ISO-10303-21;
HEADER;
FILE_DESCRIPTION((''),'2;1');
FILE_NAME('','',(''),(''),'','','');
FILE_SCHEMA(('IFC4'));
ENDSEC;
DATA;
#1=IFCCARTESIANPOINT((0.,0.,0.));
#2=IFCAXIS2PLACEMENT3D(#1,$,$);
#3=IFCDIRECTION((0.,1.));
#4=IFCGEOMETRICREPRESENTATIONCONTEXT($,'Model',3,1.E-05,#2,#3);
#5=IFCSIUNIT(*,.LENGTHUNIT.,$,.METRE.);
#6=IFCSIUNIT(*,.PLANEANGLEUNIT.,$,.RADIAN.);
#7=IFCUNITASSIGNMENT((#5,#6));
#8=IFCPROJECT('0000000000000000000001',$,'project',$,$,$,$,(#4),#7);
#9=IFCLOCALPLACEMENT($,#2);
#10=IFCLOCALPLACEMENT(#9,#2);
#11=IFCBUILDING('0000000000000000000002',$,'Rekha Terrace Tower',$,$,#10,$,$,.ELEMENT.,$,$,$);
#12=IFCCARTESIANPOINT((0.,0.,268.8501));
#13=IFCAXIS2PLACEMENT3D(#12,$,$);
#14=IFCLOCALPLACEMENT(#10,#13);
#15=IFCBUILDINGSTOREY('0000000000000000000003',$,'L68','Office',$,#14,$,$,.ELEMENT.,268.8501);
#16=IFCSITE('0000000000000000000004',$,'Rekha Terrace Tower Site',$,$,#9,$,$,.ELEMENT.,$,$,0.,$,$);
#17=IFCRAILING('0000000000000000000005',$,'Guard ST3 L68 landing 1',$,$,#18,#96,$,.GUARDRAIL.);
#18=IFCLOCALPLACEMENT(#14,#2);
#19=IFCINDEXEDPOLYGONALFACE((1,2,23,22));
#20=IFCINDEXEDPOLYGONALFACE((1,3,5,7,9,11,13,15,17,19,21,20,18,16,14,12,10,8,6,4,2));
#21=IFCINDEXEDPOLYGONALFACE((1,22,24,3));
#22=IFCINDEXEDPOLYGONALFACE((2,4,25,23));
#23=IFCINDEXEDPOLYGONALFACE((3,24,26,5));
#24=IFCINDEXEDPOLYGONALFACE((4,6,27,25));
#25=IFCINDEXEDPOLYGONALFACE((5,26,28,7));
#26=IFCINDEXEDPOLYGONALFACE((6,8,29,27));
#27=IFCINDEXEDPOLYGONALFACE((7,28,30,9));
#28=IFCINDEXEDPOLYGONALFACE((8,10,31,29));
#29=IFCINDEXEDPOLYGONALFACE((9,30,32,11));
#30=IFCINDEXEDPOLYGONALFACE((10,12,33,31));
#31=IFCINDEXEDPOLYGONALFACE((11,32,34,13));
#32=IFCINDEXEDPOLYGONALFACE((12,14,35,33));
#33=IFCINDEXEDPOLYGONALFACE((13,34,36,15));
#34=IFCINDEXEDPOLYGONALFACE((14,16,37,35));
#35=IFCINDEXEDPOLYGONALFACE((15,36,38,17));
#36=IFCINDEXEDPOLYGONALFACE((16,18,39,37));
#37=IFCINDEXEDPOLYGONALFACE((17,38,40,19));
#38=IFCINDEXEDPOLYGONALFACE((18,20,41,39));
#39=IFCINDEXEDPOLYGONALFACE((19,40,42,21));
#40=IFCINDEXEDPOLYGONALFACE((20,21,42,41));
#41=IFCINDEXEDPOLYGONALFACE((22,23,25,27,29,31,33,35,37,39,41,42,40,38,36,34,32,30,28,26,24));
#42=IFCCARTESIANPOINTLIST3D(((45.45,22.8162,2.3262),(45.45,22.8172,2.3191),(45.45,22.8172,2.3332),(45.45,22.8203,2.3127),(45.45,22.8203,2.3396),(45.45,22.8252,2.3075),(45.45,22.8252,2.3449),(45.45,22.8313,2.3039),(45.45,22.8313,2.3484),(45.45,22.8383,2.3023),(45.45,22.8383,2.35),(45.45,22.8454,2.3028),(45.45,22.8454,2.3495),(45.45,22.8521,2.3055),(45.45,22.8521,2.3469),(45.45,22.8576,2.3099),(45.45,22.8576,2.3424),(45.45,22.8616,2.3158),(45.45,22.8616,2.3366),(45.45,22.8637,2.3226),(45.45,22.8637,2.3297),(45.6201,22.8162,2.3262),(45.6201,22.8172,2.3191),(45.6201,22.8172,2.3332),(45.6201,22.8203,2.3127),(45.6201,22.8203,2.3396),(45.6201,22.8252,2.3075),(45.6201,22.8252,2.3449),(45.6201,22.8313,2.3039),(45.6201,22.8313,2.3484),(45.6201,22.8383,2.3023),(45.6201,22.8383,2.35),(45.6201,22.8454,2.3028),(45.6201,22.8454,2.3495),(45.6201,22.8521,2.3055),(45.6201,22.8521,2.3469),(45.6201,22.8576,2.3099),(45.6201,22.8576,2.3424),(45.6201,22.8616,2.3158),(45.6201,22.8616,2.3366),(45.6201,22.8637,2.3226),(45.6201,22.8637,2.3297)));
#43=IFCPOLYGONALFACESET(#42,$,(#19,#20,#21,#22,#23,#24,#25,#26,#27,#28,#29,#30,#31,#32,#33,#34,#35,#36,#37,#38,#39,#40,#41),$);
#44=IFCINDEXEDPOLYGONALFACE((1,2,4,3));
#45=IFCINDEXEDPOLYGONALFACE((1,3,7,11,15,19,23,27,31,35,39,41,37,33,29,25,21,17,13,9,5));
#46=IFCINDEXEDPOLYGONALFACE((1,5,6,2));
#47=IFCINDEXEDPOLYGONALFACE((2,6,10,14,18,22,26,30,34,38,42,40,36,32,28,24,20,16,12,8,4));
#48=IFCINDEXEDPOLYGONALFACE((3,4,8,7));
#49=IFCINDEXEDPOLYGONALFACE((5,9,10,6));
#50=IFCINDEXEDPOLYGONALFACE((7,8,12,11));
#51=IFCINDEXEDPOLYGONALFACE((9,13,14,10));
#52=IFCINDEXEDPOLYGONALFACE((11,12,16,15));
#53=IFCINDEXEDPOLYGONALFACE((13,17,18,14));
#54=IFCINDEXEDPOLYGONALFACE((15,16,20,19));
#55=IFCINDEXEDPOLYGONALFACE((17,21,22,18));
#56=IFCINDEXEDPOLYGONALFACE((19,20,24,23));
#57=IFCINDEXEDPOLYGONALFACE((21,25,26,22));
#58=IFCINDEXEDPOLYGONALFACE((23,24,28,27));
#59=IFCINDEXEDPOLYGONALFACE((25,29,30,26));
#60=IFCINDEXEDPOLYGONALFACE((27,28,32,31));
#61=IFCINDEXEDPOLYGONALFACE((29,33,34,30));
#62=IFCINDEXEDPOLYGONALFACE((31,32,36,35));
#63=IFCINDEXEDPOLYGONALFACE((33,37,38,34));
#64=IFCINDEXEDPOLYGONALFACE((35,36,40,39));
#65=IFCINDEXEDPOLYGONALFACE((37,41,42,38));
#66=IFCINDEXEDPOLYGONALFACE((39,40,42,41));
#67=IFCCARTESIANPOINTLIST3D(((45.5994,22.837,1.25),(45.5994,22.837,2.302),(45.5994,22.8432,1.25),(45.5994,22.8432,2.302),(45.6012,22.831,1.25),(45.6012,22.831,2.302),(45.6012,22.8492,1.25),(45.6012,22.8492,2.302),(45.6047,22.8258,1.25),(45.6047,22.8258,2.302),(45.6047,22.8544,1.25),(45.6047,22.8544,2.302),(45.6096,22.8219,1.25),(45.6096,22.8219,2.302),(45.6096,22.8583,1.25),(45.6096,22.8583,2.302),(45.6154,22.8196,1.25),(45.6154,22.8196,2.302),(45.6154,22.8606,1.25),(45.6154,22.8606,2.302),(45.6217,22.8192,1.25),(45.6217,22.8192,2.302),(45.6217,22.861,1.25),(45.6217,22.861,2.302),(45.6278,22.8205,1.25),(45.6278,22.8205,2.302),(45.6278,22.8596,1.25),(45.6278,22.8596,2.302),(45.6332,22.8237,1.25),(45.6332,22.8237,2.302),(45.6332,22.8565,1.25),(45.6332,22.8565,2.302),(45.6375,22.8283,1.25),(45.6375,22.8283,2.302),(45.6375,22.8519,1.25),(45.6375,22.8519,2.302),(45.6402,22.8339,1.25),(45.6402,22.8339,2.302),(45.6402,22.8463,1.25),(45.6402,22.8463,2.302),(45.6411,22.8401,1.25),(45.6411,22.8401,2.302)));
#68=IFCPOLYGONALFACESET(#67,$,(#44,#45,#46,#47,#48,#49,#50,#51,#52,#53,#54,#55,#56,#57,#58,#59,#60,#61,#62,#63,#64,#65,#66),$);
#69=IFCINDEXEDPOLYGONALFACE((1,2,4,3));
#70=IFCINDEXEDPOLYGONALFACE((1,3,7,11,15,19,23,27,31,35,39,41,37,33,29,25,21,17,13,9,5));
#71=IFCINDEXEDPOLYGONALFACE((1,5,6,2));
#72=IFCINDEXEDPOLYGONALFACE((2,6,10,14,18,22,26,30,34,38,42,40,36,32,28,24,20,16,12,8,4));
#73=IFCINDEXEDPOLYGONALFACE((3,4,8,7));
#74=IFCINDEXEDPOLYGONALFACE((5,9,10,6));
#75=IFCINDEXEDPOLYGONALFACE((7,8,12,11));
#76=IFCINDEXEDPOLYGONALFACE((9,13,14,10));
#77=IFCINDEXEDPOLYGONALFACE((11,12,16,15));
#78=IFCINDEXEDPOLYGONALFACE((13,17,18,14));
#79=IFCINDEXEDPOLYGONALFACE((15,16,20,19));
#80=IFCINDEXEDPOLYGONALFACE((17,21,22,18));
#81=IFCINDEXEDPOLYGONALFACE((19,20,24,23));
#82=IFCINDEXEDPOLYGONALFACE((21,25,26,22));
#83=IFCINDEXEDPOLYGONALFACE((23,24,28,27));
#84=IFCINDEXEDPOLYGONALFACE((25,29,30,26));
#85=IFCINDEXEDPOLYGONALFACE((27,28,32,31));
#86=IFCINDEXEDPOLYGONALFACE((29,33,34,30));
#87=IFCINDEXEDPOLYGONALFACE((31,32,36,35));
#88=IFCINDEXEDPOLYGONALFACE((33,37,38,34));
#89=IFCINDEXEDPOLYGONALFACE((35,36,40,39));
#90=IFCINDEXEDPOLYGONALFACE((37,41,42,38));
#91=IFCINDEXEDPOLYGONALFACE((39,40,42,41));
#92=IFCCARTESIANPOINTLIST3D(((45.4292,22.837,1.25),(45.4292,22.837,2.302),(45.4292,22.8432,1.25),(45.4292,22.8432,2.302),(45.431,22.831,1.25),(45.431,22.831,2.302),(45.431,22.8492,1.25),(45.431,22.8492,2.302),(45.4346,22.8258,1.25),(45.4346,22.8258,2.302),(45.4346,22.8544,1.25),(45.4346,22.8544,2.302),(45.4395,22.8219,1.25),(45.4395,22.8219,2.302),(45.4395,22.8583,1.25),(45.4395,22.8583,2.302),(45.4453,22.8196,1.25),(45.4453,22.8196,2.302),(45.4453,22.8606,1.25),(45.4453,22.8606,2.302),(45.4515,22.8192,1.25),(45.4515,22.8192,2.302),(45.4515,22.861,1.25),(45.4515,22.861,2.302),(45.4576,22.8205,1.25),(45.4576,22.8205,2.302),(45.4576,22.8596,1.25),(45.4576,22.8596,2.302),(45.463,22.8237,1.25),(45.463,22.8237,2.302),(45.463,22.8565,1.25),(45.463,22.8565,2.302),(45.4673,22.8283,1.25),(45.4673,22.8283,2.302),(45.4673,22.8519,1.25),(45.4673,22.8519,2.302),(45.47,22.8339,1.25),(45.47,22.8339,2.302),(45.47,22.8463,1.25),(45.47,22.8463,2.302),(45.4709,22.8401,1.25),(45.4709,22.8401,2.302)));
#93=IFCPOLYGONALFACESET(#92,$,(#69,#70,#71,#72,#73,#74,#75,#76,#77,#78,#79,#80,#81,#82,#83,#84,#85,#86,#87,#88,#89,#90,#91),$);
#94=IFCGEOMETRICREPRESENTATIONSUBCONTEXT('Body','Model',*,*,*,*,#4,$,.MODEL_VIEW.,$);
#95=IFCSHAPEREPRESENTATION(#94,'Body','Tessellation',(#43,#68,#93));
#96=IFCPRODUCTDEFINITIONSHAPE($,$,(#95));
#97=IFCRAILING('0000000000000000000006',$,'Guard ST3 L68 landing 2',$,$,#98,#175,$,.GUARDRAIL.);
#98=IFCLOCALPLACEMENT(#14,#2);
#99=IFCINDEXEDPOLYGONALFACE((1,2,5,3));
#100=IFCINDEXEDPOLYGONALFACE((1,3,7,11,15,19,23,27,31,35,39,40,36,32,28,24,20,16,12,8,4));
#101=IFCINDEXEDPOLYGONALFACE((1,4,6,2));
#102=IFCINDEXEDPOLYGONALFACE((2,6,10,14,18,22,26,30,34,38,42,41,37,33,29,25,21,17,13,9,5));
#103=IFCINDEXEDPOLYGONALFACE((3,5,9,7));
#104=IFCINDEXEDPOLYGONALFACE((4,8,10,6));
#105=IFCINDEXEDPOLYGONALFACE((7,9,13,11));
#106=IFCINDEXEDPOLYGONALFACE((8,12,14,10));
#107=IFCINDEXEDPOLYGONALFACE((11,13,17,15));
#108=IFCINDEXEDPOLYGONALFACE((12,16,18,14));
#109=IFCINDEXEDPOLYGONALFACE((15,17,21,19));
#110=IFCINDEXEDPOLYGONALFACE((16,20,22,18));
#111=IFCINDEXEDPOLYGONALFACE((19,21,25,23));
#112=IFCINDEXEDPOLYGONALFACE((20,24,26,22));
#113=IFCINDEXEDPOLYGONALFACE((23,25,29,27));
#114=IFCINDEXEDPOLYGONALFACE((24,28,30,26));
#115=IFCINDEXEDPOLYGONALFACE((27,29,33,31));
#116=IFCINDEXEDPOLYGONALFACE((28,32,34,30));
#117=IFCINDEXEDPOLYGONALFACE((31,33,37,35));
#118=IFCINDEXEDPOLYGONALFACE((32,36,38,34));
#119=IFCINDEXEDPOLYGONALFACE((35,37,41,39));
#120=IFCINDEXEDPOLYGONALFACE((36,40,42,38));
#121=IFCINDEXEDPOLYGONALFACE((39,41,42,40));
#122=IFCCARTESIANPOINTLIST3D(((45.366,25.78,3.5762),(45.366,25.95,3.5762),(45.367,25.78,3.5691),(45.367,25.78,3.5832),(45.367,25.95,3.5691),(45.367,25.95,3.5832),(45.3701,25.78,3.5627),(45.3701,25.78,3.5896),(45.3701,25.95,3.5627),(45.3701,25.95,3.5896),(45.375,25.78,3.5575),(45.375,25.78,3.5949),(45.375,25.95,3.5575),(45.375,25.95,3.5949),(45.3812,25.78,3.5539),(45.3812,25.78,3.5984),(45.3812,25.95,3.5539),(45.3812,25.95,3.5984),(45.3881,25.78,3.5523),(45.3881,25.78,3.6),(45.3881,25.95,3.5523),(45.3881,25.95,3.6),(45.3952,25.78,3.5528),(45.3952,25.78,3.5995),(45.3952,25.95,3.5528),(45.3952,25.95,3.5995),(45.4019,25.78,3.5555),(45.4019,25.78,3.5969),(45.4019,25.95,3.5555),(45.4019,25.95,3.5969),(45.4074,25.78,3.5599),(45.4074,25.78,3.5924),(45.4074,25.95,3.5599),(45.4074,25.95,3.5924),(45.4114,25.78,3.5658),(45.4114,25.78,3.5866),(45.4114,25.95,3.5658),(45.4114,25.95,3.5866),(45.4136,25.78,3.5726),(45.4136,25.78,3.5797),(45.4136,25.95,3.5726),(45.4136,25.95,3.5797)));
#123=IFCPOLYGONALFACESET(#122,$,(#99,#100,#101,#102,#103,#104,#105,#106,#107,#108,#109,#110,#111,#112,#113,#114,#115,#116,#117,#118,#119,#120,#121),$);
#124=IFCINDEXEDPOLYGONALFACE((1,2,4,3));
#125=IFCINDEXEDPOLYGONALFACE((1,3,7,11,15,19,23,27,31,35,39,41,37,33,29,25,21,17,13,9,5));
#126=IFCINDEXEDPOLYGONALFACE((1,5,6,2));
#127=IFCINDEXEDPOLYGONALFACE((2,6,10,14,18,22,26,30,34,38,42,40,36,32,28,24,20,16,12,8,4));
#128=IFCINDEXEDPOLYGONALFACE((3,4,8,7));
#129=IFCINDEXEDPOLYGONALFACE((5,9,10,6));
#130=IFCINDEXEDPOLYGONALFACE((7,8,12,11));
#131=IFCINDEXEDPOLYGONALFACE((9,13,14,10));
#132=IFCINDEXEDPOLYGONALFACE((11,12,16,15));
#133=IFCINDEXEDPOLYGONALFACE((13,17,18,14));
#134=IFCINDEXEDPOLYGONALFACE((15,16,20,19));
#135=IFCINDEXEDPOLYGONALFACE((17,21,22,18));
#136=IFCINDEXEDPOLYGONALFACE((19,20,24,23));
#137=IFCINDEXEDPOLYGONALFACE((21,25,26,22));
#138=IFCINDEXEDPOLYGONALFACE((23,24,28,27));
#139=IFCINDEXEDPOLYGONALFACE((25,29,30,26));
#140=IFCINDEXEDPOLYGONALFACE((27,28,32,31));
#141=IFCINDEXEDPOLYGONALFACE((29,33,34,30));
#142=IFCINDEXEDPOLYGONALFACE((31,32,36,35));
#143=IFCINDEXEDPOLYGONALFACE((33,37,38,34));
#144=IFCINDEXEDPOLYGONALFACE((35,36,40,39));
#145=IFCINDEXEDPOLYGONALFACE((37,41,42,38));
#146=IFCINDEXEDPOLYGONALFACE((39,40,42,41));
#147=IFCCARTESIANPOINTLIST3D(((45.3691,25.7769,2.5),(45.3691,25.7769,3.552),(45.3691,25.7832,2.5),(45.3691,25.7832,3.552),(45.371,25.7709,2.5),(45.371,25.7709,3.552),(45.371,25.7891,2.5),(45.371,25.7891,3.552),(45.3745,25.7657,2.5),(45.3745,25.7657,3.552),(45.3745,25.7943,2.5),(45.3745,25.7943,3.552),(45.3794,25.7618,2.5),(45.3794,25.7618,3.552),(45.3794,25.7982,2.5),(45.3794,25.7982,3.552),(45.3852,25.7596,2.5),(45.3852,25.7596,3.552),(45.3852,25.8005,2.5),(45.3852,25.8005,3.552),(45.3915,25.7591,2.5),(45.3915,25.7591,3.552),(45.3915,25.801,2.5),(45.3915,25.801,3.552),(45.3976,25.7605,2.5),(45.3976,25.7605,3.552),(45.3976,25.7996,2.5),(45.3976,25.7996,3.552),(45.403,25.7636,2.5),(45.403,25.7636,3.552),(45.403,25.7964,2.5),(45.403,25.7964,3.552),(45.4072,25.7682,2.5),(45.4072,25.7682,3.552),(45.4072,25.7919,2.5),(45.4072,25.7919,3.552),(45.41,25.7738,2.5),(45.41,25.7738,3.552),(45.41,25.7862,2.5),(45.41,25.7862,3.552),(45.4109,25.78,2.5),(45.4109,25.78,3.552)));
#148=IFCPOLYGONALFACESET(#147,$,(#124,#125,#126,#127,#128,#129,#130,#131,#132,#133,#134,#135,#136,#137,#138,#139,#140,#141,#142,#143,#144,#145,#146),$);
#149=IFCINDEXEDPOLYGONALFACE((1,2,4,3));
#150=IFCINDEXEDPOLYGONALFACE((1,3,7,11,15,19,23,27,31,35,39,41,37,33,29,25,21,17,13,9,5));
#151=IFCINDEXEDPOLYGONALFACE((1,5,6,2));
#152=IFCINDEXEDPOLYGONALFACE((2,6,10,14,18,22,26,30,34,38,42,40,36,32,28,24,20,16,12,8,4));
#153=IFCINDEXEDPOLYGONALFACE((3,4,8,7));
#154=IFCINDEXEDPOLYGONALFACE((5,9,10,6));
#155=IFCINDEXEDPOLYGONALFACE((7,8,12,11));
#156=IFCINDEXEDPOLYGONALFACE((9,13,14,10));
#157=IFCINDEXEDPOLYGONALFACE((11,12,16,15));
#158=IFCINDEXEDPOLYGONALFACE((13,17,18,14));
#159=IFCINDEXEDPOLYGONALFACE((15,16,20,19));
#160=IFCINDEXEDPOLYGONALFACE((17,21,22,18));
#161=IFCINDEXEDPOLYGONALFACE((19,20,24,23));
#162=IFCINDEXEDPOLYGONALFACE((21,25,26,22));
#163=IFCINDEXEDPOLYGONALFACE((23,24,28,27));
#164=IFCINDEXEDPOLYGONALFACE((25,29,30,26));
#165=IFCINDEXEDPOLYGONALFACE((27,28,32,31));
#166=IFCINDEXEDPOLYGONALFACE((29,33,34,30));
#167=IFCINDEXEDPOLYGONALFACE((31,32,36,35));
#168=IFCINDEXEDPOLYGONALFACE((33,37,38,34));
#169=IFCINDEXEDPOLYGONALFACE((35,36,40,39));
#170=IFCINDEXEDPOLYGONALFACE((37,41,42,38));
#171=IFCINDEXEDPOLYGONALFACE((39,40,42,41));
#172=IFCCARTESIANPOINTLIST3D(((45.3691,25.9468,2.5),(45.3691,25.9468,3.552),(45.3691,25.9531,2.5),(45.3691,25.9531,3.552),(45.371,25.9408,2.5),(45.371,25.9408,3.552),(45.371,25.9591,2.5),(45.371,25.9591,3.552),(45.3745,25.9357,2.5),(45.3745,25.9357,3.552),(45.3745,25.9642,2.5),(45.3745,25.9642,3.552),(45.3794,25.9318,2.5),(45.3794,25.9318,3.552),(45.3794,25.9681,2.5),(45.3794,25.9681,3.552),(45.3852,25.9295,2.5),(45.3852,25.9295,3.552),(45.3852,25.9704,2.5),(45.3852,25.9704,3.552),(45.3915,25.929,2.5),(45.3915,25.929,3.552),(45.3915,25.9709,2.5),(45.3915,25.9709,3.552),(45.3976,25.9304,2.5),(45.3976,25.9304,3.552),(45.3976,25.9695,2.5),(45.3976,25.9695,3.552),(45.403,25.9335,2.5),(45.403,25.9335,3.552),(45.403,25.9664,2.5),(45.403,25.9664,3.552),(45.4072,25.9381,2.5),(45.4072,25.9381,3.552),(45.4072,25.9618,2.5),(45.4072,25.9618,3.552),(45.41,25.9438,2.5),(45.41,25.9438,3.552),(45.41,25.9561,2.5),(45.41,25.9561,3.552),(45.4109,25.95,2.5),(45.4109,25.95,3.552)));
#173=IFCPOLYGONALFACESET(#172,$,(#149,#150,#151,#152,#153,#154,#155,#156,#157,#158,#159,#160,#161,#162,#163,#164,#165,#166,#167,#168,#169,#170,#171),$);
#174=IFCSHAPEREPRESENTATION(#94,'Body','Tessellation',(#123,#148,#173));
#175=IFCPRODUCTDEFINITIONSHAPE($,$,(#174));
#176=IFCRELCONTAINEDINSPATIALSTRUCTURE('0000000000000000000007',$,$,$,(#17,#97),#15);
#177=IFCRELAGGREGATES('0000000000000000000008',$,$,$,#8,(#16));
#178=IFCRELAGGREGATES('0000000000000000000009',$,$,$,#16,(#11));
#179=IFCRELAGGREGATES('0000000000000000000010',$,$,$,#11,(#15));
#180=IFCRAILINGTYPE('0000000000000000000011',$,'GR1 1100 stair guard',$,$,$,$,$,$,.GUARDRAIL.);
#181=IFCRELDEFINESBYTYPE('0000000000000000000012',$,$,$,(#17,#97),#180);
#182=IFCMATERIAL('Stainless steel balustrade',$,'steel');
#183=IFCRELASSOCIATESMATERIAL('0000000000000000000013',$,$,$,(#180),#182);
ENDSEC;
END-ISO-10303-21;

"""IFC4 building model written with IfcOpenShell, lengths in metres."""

from ifc_helpers import new_model, si_unit, direction, frame, origin, origin_2d, place, context, subcontext, project, spatial, circle, extrude, material, type_object, element, save


model = new_model("IFC4")

# Units and contexts
model_context = context("Model", 3, precision=1e-05, world=origin(), true_north=direction((0.0, 1.0)))
body_context = subcontext(model_context, "Body", "Model", "MODEL_VIEW")
ifc_project = project(units=[si_unit("LENGTHUNIT", "METRE"), si_unit("PLANEANGLEUNIT", "RADIAN")], contexts=[model_context])

# Site, building, storey
site_placement = place(None, origin())
site = spatial("IfcSite", under=ifc_project, at=site_placement, Name="Rekha Terrace Tower Site", CompositionType="ELEMENT", RefElevation=0.0)
building_placement = place(site_placement, origin())
building = spatial("IfcBuilding", under=site, at=building_placement, Name="Rekha Terrace Tower", CompositionType="ELEMENT")
storey_placement = place(building_placement, frame((0.0, 0.0, 268.8501)))
storey = spatial("IfcBuildingStorey", under=building, at=storey_placement, Name="L68", Description="Office", CompositionType="ELEMENT", Elevation=268.8501)

# Railings
ifc_material_1 = material(Name="Stainless steel balustrade", Category="steel")
railing_type_1 = type_object("IfcRailingType", Name="GR1 1100 stair guard", PredefinedType="GUARDRAIL", material=ifc_material_1)
railing_1_placement = place(storey_placement, frame((45.6201, 22.8401, 1.25)))
element("IfcRailing", 1, at=railing_1_placement, inside=storey, type_object=railing_type_1, Name="Guard ST3 L68 landing 1", PredefinedType="GUARDRAIL", context=body_context, shape_type="SweptSolid", body=[
    extrude(circle(Radius=0.0239, at=origin_2d()), frame((0.0, 0.0, 1.0762), z_axis=(-1.0, 0.0, 0.0), x_axis=(0.0, -1.0, 0.0)), (0.0, 0.0, 1.0), 0.1702),
    extrude(circle(Radius=0.021, at=origin_2d()), origin(), (0.0, 0.0, 1.0), 1.052),
    extrude(circle(Radius=0.021, at=origin_2d()), frame((-0.1702, 0.0, 0.0)), (0.0, 0.0, 1.0), 1.052),
])
railing_2_placement = place(storey_placement, frame((45.3899, 25.78, 2.5)))
element("IfcRailing", 2, at=railing_2_placement, inside=storey, type_object=railing_type_1, Name="Guard ST3 L68 landing 2", PredefinedType="GUARDRAIL", context=body_context, shape_type="SweptSolid", body=[
    extrude(circle(Radius=0.0239, at=origin_2d()), frame((0.0, 0.0, 1.0762), z_axis=(0.0, 1.0, 0.0), x_axis=(-1.0, 0.0, 0.0)), (0.0, 0.0, 1.0), 0.1699),
    extrude(circle(Radius=0.021, at=origin_2d()), origin(), (0.0, 0.0, 1.0), 1.052),
    extrude(circle(Radius=0.021, at=origin_2d()), frame((0.0, 0.1699, 0.0)), (0.0, 0.0, 1.0), 1.052),
])

save(model, "model.ifc")
